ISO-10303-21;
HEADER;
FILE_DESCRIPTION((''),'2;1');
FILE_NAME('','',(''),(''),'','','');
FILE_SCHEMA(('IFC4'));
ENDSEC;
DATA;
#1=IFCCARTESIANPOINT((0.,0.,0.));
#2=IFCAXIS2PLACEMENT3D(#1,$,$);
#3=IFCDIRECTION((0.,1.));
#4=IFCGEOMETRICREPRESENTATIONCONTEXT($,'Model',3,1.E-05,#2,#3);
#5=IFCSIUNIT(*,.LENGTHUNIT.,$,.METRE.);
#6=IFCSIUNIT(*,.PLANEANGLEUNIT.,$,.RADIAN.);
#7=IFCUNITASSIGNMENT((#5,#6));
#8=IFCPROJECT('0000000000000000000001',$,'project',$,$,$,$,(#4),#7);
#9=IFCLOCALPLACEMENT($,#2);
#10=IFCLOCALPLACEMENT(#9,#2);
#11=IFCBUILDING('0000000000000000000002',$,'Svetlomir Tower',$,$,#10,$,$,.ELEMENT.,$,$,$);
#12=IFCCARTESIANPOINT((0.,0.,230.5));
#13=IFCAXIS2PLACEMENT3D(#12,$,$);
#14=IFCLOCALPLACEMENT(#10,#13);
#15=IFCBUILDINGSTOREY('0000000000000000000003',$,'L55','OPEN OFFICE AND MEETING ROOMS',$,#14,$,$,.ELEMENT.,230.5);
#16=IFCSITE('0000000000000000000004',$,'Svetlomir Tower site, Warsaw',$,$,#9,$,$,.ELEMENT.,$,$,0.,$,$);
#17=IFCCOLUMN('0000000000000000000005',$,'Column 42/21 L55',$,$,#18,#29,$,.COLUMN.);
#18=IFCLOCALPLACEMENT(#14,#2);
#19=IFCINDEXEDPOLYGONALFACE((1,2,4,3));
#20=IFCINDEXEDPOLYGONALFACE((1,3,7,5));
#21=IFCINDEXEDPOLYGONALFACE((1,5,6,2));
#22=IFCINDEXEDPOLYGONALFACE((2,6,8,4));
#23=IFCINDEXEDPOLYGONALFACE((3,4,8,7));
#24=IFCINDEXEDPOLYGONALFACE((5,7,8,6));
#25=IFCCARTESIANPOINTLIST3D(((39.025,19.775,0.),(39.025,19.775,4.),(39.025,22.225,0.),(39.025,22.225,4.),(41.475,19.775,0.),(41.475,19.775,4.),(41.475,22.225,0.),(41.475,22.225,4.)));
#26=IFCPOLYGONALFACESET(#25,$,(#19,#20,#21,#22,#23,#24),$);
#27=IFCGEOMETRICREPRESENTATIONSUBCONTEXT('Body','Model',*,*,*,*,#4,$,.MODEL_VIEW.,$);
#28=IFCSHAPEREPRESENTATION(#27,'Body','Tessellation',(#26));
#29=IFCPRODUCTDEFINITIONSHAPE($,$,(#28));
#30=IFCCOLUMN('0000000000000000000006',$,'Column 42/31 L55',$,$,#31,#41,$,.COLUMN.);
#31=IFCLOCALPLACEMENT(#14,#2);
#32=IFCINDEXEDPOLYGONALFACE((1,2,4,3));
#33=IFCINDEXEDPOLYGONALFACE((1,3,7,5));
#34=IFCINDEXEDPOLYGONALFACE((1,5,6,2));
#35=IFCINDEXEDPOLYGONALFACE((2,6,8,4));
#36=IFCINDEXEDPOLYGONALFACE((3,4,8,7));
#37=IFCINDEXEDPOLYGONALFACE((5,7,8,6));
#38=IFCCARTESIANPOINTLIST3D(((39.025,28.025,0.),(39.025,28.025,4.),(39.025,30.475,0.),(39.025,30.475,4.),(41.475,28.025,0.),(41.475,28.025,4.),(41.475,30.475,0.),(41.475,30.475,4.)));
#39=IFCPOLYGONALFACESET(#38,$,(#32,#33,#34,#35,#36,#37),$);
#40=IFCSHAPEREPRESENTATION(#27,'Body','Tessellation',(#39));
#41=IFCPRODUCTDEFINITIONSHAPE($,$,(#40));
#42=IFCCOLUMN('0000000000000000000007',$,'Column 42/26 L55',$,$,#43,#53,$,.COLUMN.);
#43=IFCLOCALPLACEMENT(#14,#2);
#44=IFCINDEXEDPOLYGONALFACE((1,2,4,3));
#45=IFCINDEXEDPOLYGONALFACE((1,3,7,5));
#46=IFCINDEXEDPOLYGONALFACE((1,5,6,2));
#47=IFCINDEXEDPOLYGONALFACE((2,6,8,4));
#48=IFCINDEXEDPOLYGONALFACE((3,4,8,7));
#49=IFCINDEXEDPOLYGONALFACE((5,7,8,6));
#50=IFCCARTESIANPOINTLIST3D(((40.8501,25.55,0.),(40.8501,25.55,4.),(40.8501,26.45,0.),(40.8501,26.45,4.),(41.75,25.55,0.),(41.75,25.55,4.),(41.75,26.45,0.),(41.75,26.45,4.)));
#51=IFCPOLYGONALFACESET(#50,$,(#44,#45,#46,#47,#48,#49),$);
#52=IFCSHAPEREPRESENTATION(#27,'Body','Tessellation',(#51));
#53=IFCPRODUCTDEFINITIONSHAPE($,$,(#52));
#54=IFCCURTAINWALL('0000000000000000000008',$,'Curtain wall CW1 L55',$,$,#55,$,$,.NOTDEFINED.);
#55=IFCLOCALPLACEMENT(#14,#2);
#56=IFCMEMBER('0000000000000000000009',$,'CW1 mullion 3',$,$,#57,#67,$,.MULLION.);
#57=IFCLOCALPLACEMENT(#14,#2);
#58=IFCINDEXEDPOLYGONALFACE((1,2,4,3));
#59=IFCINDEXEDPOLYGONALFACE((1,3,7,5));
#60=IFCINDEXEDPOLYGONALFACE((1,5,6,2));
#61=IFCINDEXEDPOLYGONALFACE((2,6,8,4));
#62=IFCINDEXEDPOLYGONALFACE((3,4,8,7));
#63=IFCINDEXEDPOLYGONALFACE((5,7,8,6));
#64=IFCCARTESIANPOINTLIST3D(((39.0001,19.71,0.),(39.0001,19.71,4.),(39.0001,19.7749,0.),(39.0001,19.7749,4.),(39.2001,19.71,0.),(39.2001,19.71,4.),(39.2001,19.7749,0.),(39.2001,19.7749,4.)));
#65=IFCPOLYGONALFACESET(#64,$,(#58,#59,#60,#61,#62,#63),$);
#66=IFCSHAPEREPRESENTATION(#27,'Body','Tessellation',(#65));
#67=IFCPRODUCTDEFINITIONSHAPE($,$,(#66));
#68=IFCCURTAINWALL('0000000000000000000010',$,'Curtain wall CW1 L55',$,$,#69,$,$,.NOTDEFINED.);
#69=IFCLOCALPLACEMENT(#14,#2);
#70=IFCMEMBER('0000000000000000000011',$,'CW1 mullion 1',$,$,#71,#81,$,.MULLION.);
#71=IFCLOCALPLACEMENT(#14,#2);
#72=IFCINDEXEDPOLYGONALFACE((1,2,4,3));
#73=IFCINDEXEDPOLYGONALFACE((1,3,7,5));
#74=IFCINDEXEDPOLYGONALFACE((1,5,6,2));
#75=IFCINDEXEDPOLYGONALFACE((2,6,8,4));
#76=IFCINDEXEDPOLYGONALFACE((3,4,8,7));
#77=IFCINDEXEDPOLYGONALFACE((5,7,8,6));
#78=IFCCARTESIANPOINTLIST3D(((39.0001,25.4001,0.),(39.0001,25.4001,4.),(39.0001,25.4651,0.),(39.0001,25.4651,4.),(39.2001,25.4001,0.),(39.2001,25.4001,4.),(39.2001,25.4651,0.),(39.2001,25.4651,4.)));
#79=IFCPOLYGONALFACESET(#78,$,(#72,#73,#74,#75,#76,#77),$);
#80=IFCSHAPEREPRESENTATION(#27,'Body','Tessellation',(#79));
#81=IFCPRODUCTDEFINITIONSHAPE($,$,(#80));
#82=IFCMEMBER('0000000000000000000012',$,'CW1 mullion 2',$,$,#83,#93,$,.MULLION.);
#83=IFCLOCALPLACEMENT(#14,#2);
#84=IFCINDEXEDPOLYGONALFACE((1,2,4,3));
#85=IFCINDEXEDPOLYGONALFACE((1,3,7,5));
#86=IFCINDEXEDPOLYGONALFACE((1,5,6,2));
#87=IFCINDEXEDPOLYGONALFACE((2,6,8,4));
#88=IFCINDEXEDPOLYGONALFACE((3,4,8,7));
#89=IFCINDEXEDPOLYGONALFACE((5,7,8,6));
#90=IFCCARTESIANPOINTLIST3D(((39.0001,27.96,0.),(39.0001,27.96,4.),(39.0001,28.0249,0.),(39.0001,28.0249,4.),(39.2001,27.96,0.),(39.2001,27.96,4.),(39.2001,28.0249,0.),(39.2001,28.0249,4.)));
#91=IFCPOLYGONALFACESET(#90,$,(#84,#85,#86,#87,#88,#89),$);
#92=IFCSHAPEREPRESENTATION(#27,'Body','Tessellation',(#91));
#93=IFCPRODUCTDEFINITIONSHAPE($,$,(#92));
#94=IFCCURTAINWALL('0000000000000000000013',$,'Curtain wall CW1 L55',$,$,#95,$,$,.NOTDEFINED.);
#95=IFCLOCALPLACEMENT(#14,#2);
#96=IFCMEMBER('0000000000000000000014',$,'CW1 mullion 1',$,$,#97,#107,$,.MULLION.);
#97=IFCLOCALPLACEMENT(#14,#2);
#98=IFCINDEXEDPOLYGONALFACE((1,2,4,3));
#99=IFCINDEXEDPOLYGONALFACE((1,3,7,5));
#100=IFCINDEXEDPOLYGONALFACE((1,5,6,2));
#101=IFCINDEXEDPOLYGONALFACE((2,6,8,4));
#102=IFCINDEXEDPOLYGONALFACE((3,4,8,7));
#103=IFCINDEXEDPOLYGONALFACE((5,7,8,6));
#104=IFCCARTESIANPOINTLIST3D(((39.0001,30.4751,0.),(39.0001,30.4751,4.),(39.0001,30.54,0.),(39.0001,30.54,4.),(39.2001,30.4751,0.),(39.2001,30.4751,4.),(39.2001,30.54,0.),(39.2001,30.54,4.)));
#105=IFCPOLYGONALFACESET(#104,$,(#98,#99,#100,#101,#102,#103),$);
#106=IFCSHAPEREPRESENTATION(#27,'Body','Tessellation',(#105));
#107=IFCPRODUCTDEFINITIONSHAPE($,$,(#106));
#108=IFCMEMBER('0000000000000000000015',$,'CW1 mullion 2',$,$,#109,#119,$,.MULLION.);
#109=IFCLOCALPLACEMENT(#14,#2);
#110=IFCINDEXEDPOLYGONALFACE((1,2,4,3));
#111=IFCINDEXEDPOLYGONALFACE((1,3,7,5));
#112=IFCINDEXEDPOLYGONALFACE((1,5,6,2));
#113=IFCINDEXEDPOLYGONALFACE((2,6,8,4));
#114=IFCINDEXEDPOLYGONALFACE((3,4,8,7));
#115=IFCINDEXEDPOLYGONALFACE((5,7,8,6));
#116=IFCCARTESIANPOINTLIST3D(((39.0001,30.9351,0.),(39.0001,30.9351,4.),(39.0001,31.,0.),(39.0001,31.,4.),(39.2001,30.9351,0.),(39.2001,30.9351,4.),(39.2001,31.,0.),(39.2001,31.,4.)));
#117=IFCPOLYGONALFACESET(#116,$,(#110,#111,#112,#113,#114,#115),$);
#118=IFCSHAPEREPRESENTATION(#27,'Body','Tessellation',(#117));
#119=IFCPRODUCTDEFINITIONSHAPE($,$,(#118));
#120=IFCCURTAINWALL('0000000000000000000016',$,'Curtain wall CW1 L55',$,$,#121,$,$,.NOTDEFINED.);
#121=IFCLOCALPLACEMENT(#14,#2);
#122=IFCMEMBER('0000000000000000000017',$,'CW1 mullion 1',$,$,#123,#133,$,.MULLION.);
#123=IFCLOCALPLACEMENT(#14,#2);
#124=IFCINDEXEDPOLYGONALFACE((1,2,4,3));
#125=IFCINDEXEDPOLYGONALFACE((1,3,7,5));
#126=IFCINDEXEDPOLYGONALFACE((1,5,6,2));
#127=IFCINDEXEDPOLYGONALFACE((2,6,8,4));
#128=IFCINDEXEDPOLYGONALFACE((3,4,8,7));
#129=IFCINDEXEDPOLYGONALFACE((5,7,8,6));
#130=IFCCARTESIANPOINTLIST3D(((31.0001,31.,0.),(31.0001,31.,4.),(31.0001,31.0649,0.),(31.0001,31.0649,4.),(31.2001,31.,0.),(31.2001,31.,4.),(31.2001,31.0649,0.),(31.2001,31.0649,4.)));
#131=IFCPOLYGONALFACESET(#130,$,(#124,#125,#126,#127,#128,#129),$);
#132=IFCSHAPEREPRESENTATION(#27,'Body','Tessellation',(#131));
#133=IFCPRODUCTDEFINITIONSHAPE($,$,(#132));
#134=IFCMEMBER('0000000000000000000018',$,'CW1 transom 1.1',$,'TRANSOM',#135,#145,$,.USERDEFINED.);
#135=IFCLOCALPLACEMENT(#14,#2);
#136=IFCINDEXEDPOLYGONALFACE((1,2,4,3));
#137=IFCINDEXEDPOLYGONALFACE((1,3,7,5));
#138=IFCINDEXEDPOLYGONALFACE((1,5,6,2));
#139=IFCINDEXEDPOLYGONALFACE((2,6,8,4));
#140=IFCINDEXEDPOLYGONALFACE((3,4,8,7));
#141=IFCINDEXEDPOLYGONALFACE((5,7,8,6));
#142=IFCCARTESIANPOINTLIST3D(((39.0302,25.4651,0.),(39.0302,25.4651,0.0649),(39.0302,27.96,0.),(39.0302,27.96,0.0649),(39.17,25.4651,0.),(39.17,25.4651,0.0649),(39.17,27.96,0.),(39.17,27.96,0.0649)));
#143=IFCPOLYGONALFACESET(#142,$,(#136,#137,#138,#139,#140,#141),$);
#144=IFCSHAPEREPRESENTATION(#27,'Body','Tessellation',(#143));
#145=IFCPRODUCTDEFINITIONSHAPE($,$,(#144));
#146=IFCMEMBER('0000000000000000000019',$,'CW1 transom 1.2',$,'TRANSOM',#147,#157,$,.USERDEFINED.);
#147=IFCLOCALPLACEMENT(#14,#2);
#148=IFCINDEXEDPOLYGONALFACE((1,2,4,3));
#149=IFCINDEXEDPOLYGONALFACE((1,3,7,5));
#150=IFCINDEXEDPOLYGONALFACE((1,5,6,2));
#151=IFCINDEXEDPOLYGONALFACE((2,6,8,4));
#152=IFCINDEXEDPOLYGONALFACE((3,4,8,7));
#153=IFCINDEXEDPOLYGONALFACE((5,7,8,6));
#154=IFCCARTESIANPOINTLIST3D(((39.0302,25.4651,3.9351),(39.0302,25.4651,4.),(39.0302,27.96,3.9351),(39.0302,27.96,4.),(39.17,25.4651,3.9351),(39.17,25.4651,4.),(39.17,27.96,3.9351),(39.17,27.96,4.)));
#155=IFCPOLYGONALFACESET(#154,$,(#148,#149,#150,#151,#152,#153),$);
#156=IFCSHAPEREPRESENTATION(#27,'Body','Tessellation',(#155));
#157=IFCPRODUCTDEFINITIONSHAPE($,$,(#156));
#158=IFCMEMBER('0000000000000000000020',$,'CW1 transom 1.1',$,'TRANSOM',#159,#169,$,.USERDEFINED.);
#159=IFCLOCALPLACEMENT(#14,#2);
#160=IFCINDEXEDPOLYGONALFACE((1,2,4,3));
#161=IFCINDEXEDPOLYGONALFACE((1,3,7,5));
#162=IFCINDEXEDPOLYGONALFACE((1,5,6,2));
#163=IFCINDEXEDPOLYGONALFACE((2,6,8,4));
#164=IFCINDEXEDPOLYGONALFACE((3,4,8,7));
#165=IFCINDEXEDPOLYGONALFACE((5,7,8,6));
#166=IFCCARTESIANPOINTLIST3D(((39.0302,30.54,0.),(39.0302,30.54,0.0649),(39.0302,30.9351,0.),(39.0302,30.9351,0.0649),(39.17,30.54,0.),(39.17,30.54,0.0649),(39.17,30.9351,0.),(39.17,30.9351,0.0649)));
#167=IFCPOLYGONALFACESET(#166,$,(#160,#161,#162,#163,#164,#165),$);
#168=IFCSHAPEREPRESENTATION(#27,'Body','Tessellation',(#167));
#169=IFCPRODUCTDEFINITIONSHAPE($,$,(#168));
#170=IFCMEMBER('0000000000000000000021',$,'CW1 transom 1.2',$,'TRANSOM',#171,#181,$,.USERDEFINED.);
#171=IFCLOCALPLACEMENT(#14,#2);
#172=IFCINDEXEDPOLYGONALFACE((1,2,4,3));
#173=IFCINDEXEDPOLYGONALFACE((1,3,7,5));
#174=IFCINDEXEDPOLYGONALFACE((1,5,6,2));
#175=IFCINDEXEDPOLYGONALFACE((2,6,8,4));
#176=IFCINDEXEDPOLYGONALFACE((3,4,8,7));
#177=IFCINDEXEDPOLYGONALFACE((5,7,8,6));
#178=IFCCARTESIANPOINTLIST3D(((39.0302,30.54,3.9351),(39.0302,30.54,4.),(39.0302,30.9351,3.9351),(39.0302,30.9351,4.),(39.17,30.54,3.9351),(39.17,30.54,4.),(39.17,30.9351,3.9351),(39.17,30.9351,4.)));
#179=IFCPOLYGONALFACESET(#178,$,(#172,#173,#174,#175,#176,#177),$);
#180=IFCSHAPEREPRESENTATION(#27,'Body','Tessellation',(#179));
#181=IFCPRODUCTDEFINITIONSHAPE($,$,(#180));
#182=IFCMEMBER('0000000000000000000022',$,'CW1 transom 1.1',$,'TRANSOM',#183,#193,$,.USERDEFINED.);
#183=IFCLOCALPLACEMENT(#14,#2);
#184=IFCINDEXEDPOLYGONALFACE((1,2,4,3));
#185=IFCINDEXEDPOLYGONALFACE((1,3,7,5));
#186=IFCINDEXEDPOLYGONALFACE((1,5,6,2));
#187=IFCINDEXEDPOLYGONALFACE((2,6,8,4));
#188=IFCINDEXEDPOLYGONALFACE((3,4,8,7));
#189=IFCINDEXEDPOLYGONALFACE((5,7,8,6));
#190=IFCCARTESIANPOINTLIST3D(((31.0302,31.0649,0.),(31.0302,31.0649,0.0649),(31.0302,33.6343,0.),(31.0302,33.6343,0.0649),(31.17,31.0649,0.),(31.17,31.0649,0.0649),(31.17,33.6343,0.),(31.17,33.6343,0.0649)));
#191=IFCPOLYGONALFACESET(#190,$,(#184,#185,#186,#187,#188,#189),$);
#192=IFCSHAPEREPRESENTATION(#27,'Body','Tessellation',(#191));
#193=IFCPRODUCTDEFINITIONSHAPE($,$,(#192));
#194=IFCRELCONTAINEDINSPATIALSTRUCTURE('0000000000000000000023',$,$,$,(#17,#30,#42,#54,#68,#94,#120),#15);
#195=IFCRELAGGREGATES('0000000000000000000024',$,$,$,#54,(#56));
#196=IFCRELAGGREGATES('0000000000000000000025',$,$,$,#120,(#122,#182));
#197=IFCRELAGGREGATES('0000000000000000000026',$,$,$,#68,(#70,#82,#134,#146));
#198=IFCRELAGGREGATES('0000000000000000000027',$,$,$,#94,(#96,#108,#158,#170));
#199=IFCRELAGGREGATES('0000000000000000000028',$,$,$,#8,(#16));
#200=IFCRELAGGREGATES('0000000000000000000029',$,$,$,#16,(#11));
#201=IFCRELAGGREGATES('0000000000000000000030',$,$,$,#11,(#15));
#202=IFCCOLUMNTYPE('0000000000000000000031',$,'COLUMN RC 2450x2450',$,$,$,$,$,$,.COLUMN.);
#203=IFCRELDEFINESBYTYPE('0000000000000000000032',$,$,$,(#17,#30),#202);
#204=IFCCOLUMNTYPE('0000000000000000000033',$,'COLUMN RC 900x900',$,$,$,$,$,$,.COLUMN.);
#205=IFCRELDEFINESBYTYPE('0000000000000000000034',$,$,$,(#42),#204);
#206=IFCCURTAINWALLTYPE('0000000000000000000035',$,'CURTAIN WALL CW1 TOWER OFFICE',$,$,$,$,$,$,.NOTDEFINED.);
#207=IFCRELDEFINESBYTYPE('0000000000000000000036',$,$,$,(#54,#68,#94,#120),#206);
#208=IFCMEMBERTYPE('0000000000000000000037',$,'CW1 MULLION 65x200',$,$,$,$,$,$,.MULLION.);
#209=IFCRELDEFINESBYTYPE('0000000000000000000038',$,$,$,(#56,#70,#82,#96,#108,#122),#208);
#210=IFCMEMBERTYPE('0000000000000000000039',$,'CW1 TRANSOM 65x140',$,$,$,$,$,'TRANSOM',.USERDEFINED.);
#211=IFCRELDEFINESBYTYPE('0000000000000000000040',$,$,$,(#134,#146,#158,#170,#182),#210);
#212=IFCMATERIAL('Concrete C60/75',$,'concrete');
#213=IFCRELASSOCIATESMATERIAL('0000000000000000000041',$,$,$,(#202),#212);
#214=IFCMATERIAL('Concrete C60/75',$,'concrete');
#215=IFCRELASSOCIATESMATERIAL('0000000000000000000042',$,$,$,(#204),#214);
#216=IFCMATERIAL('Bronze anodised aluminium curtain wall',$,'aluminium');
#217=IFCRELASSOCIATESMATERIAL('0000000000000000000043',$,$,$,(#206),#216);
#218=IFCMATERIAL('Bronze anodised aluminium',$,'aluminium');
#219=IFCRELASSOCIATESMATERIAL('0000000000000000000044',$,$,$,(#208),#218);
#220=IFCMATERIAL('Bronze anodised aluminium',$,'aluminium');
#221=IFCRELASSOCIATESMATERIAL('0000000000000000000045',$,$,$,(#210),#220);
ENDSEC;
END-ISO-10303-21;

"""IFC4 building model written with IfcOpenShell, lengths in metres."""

from ifc_helpers import new_model, si_unit, direction, frame, origin, origin_2d, place, context, subcontext, project, spatial, rectangle, extrude, material, material_profile, profile_set, type_object, element, aggregate, save


model = new_model("IFC4")

# Units and contexts
model_context = context("Model", 3, precision=1e-05, world=origin(), true_north=direction((0.0, 1.0)))
body_context = subcontext(model_context, "Body", "Model", "MODEL_VIEW")
ifc_project = project(units=[si_unit("LENGTHUNIT", "METRE"), si_unit("PLANEANGLEUNIT", "RADIAN")], contexts=[model_context])

# Site, building, storey
site_placement = place(None, origin())
site = spatial("IfcSite", under=ifc_project, at=site_placement, Name="Svetlomir Tower site, Warsaw", CompositionType="ELEMENT", RefElevation=0.0)
building_placement = place(site_placement, origin())
building = spatial("IfcBuilding", under=site, at=building_placement, Name="Svetlomir Tower", CompositionType="ELEMENT")
storey_placement = place(building_placement, frame((0.0, 0.0, 230.5)))
storey = spatial("IfcBuildingStorey", under=building, at=storey_placement, Name="L55", Description="OPEN OFFICE AND MEETING ROOMS", CompositionType="ELEMENT", Elevation=230.5)

# Columns
ifc_material_1 = material(Name="Concrete C60/75", Category="concrete")
ifc_material_profile_1 = material_profile(ifc_material_1, rectangle(XDim=2.45, YDim=2.45, at=origin_2d()), Name="RC 2450x2450")
ifc_profile_set_1 = profile_set([ifc_material_profile_1], Name="Concrete C60/75")
column_type_1 = type_object("IfcColumnType", Name="COLUMN RC 2450x2450", PredefinedType="COLUMN", material=ifc_profile_set_1)
for number, where, z_axis, x_axis, name in (
    (1, (40.25, 21.0, 0.0), (0.0, 0.0, 1.0), (1.0, 0.0, 0.0), "Column 42/21 L55"),
    (2, (40.25, 29.25, 0.0), (0.0, 0.0, 1.0), (1.0, 0.0, 0.0), "Column 42/31 L55"),
):
    element("IfcColumn", number, at=place(storey_placement, frame(where, z_axis=z_axis, x_axis=x_axis)), inside=storey, type_object=column_type_1, Name=name, PredefinedType="COLUMN", context=body_context, shape_type="SweptSolid", body=[
        extrude(rectangle(XDim=2.45, YDim=2.45, at=origin_2d()), origin(), (0.0, 0.0, 1.0), 4.0),
    ])
ifc_material_2 = material(Name="Concrete C60/75", Category="concrete")
ifc_material_profile_2 = material_profile(ifc_material_2, rectangle(XDim=0.8999, YDim=0.8999, at=origin_2d()), Name="RC 900x900")
ifc_profile_set_2 = profile_set([ifc_material_profile_2], Name="Concrete C60/75")
column_type_2 = type_object("IfcColumnType", Name="COLUMN RC 900x900", PredefinedType="COLUMN", material=ifc_profile_set_2)
column_placement = place(storey_placement, frame((41.3, 26.0, 0.0), z_axis=(0.0, 0.0, 1.0), x_axis=(1.0, 0.0, 0.0)))
element("IfcColumn", 3, at=column_placement, inside=storey, type_object=column_type_2, Name="Column 42/26 L55", PredefinedType="COLUMN", context=body_context, shape_type="SweptSolid", body=[
    extrude(rectangle(XDim=0.8999, YDim=0.8999, at=origin_2d()), origin(), (0.0, 0.0, 1.0), 4.0),
])

# Curtain wall, member
ifc_material_3 = material(Name="Bronze anodised aluminium curtain wall", Category="aluminium")
curtain_wall_type = type_object("IfcCurtainWallType", Name="CURTAIN WALL CW1 TOWER OFFICE", PredefinedType="NOTDEFINED", material=ifc_material_3)
curtain_wall_1_placement = place(storey_placement, origin())
curtain_wall_1 = element("IfcCurtainWall", 4, at=curtain_wall_1_placement, inside=storey, type_object=curtain_wall_type, Name="Curtain wall CW1 L55", PredefinedType="NOTDEFINED")
ifc_material_4 = material(Name="Bronze anodised aluminium", Category="aluminium")
ifc_material_profile_3 = material_profile(ifc_material_4, rectangle(XDim=0.0649, YDim=0.2, at=origin_2d()), Name="AL 65x200")
ifc_profile_set_3 = profile_set([ifc_material_profile_3], Name="Bronze anodised aluminium 6063-T6")
member_type_1 = type_object("IfcMemberType", Name="CW1 MULLION 65x200", PredefinedType="MULLION", material=ifc_profile_set_3)
member_1_placement = place(storey_placement, frame((39.1001, 19.7424, 0.0), z_axis=(0.0, 0.0, 1.0), x_axis=(0.0, 1.0, 0.0)))
member_1 = element("IfcMember", 5, at=member_1_placement, type_object=member_type_1, Name="CW1 mullion 3", PredefinedType="MULLION", context=body_context, shape_type="SweptSolid", body=[
    extrude(rectangle(XDim=0.0649, YDim=0.2, at=origin_2d()), origin(), (0.0, 0.0, 1.0), 4.0),
])
aggregate(curtain_wall_1, [member_1])

# Curtain walls, members
curtain_wall_2_placement = place(storey_placement, origin())
curtain_wall_2 = element("IfcCurtainWall", 6, at=curtain_wall_2_placement, inside=storey, type_object=curtain_wall_type, Name="Curtain wall CW1 L55", PredefinedType="NOTDEFINED")
member_2_placement = place(storey_placement, frame((39.1001, 25.4326, 0.0), z_axis=(0.0, 0.0, 1.0), x_axis=(0.0, 1.0, 0.0)))
member_2 = element("IfcMember", 7, at=member_2_placement, type_object=member_type_1, Name="CW1 mullion 1", PredefinedType="MULLION", context=body_context, shape_type="SweptSolid", body=[
    extrude(rectangle(XDim=0.0649, YDim=0.2, at=origin_2d()), origin(), (0.0, 0.0, 1.0), 4.0),
])
member_3_placement = place(storey_placement, frame((39.1001, 27.9924, 0.0), z_axis=(0.0, 0.0, 1.0), x_axis=(0.0, 1.0, 0.0)))
member_3 = element("IfcMember", 8, at=member_3_placement, type_object=member_type_1, Name="CW1 mullion 2", PredefinedType="MULLION", context=body_context, shape_type="SweptSolid", body=[
    extrude(rectangle(XDim=0.0649, YDim=0.2, at=origin_2d()), origin(), (0.0, 0.0, 1.0), 4.0),
])
curtain_wall_3_placement = place(storey_placement, origin())
curtain_wall_3 = element("IfcCurtainWall", 9, at=curtain_wall_3_placement, inside=storey, type_object=curtain_wall_type, Name="Curtain wall CW1 L55", PredefinedType="NOTDEFINED")
member_4_placement = place(storey_placement, frame((39.1001, 30.5076, 0.0), z_axis=(0.0, 0.0, 1.0), x_axis=(0.0, 1.0, 0.0)))
member_4 = element("IfcMember", 10, at=member_4_placement, type_object=member_type_1, Name="CW1 mullion 1", PredefinedType="MULLION", context=body_context, shape_type="SweptSolid", body=[
    extrude(rectangle(XDim=0.0649, YDim=0.2, at=origin_2d()), origin(), (0.0, 0.0, 1.0), 4.0),
])
member_5_placement = place(storey_placement, frame((39.1001, 30.9675, 0.0), z_axis=(0.0, 0.0, 1.0), x_axis=(0.0, 1.0, 0.0)))
member_5 = element("IfcMember", 11, at=member_5_placement, type_object=member_type_1, Name="CW1 mullion 2", PredefinedType="MULLION", context=body_context, shape_type="SweptSolid", body=[
    extrude(rectangle(XDim=0.0649, YDim=0.2, at=origin_2d()), origin(), (0.0, 0.0, 1.0), 4.0),
])

# Curtain wall, member
curtain_wall_4_placement = place(storey_placement, origin())
curtain_wall_4 = element("IfcCurtainWall", 12, at=curtain_wall_4_placement, inside=storey, type_object=curtain_wall_type, Name="Curtain wall CW1 L55", PredefinedType="NOTDEFINED")
member_6_placement = place(storey_placement, frame((31.1001, 31.0325, 0.0), z_axis=(0.0, 0.0, 1.0), x_axis=(0.0, 1.0, 0.0)))
member_6 = element("IfcMember", 13, at=member_6_placement, type_object=member_type_1, Name="CW1 mullion 1", PredefinedType="MULLION", context=body_context, shape_type="SweptSolid", body=[
    extrude(rectangle(XDim=0.0649, YDim=0.2, at=origin_2d()), origin(), (0.0, 0.0, 1.0), 4.0),
])

# Members
ifc_material_5 = material(Name="Bronze anodised aluminium", Category="aluminium")
ifc_material_profile_4 = material_profile(ifc_material_5, rectangle(XDim=0.1399, YDim=0.0649, at=origin_2d()), Name="AL 140x65")
ifc_profile_set_4 = profile_set([ifc_material_profile_4], Name="Bronze anodised aluminium 6063-T6")
member_type_2 = type_object("IfcMemberType", Name="CW1 TRANSOM 65x140", ElementType="TRANSOM", PredefinedType="USERDEFINED", material=ifc_profile_set_4)
member_7_placement = place(storey_placement, frame((39.1001, 25.4651, 0.0325), z_axis=(0.0, 1.0, 0.0), x_axis=(-1.0, 0.0, 0.0)))
member_7 = element("IfcMember", 14, at=member_7_placement, type_object=member_type_2, Name="CW1 transom 1.1", ObjectType="TRANSOM", PredefinedType="USERDEFINED", context=body_context, shape_type="SweptSolid", body=[
    extrude(rectangle(XDim=0.1399, YDim=0.0649, at=origin_2d()), origin(), (0.0, 0.0, 1.0), 2.4949),
])
member_8_placement = place(storey_placement, frame((39.1001, 25.4651, 3.9675), z_axis=(0.0, 1.0, 0.0), x_axis=(-1.0, 0.0, 0.0)))
member_8 = element("IfcMember", 15, at=member_8_placement, type_object=member_type_2, Name="CW1 transom 1.2", ObjectType="TRANSOM", PredefinedType="USERDEFINED", context=body_context, shape_type="SweptSolid", body=[
    extrude(rectangle(XDim=0.1399, YDim=0.0649, at=origin_2d()), origin(), (0.0, 0.0, 1.0), 2.4949),
])
member_9_placement = place(storey_placement, frame((39.1001, 30.54, 0.0325), z_axis=(0.0, 1.0, 0.0), x_axis=(-1.0, 0.0, 0.0)))
member_9 = element("IfcMember", 16, at=member_9_placement, type_object=member_type_2, Name="CW1 transom 1.1", ObjectType="TRANSOM", PredefinedType="USERDEFINED", context=body_context, shape_type="SweptSolid", body=[
    extrude(rectangle(XDim=0.1399, YDim=0.0649, at=origin_2d()), origin(), (0.0, 0.0, 1.0), 0.395),
])
member_10_placement = place(storey_placement, frame((39.1001, 30.54, 3.9675), z_axis=(0.0, 1.0, 0.0), x_axis=(-1.0, 0.0, 0.0)))
member_10 = element("IfcMember", 17, at=member_10_placement, type_object=member_type_2, Name="CW1 transom 1.2", ObjectType="TRANSOM", PredefinedType="USERDEFINED", context=body_context, shape_type="SweptSolid", body=[
    extrude(rectangle(XDim=0.1399, YDim=0.0649, at=origin_2d()), origin(), (0.0, 0.0, 1.0), 0.395),
])
member_11_placement = place(storey_placement, frame((31.1001, 31.0649, 0.0325), z_axis=(0.0, 1.0, 0.0), x_axis=(-1.0, 0.0, 0.0)))
member_11 = element("IfcMember", 18, at=member_11_placement, type_object=member_type_2, Name="CW1 transom 1.1", ObjectType="TRANSOM", PredefinedType="USERDEFINED", context=body_context, shape_type="SweptSolid", body=[
    extrude(rectangle(XDim=0.1399, YDim=0.0649, at=origin_2d()), origin(), (0.0, 0.0, 1.0), 2.5693),
])
aggregate(curtain_wall_4, [member_6, member_11])

aggregate(curtain_wall_2, [member_2, member_3, member_7, member_8])
aggregate(curtain_wall_3, [member_4, member_5, member_9, member_10])

save(model, "model.ifc")
